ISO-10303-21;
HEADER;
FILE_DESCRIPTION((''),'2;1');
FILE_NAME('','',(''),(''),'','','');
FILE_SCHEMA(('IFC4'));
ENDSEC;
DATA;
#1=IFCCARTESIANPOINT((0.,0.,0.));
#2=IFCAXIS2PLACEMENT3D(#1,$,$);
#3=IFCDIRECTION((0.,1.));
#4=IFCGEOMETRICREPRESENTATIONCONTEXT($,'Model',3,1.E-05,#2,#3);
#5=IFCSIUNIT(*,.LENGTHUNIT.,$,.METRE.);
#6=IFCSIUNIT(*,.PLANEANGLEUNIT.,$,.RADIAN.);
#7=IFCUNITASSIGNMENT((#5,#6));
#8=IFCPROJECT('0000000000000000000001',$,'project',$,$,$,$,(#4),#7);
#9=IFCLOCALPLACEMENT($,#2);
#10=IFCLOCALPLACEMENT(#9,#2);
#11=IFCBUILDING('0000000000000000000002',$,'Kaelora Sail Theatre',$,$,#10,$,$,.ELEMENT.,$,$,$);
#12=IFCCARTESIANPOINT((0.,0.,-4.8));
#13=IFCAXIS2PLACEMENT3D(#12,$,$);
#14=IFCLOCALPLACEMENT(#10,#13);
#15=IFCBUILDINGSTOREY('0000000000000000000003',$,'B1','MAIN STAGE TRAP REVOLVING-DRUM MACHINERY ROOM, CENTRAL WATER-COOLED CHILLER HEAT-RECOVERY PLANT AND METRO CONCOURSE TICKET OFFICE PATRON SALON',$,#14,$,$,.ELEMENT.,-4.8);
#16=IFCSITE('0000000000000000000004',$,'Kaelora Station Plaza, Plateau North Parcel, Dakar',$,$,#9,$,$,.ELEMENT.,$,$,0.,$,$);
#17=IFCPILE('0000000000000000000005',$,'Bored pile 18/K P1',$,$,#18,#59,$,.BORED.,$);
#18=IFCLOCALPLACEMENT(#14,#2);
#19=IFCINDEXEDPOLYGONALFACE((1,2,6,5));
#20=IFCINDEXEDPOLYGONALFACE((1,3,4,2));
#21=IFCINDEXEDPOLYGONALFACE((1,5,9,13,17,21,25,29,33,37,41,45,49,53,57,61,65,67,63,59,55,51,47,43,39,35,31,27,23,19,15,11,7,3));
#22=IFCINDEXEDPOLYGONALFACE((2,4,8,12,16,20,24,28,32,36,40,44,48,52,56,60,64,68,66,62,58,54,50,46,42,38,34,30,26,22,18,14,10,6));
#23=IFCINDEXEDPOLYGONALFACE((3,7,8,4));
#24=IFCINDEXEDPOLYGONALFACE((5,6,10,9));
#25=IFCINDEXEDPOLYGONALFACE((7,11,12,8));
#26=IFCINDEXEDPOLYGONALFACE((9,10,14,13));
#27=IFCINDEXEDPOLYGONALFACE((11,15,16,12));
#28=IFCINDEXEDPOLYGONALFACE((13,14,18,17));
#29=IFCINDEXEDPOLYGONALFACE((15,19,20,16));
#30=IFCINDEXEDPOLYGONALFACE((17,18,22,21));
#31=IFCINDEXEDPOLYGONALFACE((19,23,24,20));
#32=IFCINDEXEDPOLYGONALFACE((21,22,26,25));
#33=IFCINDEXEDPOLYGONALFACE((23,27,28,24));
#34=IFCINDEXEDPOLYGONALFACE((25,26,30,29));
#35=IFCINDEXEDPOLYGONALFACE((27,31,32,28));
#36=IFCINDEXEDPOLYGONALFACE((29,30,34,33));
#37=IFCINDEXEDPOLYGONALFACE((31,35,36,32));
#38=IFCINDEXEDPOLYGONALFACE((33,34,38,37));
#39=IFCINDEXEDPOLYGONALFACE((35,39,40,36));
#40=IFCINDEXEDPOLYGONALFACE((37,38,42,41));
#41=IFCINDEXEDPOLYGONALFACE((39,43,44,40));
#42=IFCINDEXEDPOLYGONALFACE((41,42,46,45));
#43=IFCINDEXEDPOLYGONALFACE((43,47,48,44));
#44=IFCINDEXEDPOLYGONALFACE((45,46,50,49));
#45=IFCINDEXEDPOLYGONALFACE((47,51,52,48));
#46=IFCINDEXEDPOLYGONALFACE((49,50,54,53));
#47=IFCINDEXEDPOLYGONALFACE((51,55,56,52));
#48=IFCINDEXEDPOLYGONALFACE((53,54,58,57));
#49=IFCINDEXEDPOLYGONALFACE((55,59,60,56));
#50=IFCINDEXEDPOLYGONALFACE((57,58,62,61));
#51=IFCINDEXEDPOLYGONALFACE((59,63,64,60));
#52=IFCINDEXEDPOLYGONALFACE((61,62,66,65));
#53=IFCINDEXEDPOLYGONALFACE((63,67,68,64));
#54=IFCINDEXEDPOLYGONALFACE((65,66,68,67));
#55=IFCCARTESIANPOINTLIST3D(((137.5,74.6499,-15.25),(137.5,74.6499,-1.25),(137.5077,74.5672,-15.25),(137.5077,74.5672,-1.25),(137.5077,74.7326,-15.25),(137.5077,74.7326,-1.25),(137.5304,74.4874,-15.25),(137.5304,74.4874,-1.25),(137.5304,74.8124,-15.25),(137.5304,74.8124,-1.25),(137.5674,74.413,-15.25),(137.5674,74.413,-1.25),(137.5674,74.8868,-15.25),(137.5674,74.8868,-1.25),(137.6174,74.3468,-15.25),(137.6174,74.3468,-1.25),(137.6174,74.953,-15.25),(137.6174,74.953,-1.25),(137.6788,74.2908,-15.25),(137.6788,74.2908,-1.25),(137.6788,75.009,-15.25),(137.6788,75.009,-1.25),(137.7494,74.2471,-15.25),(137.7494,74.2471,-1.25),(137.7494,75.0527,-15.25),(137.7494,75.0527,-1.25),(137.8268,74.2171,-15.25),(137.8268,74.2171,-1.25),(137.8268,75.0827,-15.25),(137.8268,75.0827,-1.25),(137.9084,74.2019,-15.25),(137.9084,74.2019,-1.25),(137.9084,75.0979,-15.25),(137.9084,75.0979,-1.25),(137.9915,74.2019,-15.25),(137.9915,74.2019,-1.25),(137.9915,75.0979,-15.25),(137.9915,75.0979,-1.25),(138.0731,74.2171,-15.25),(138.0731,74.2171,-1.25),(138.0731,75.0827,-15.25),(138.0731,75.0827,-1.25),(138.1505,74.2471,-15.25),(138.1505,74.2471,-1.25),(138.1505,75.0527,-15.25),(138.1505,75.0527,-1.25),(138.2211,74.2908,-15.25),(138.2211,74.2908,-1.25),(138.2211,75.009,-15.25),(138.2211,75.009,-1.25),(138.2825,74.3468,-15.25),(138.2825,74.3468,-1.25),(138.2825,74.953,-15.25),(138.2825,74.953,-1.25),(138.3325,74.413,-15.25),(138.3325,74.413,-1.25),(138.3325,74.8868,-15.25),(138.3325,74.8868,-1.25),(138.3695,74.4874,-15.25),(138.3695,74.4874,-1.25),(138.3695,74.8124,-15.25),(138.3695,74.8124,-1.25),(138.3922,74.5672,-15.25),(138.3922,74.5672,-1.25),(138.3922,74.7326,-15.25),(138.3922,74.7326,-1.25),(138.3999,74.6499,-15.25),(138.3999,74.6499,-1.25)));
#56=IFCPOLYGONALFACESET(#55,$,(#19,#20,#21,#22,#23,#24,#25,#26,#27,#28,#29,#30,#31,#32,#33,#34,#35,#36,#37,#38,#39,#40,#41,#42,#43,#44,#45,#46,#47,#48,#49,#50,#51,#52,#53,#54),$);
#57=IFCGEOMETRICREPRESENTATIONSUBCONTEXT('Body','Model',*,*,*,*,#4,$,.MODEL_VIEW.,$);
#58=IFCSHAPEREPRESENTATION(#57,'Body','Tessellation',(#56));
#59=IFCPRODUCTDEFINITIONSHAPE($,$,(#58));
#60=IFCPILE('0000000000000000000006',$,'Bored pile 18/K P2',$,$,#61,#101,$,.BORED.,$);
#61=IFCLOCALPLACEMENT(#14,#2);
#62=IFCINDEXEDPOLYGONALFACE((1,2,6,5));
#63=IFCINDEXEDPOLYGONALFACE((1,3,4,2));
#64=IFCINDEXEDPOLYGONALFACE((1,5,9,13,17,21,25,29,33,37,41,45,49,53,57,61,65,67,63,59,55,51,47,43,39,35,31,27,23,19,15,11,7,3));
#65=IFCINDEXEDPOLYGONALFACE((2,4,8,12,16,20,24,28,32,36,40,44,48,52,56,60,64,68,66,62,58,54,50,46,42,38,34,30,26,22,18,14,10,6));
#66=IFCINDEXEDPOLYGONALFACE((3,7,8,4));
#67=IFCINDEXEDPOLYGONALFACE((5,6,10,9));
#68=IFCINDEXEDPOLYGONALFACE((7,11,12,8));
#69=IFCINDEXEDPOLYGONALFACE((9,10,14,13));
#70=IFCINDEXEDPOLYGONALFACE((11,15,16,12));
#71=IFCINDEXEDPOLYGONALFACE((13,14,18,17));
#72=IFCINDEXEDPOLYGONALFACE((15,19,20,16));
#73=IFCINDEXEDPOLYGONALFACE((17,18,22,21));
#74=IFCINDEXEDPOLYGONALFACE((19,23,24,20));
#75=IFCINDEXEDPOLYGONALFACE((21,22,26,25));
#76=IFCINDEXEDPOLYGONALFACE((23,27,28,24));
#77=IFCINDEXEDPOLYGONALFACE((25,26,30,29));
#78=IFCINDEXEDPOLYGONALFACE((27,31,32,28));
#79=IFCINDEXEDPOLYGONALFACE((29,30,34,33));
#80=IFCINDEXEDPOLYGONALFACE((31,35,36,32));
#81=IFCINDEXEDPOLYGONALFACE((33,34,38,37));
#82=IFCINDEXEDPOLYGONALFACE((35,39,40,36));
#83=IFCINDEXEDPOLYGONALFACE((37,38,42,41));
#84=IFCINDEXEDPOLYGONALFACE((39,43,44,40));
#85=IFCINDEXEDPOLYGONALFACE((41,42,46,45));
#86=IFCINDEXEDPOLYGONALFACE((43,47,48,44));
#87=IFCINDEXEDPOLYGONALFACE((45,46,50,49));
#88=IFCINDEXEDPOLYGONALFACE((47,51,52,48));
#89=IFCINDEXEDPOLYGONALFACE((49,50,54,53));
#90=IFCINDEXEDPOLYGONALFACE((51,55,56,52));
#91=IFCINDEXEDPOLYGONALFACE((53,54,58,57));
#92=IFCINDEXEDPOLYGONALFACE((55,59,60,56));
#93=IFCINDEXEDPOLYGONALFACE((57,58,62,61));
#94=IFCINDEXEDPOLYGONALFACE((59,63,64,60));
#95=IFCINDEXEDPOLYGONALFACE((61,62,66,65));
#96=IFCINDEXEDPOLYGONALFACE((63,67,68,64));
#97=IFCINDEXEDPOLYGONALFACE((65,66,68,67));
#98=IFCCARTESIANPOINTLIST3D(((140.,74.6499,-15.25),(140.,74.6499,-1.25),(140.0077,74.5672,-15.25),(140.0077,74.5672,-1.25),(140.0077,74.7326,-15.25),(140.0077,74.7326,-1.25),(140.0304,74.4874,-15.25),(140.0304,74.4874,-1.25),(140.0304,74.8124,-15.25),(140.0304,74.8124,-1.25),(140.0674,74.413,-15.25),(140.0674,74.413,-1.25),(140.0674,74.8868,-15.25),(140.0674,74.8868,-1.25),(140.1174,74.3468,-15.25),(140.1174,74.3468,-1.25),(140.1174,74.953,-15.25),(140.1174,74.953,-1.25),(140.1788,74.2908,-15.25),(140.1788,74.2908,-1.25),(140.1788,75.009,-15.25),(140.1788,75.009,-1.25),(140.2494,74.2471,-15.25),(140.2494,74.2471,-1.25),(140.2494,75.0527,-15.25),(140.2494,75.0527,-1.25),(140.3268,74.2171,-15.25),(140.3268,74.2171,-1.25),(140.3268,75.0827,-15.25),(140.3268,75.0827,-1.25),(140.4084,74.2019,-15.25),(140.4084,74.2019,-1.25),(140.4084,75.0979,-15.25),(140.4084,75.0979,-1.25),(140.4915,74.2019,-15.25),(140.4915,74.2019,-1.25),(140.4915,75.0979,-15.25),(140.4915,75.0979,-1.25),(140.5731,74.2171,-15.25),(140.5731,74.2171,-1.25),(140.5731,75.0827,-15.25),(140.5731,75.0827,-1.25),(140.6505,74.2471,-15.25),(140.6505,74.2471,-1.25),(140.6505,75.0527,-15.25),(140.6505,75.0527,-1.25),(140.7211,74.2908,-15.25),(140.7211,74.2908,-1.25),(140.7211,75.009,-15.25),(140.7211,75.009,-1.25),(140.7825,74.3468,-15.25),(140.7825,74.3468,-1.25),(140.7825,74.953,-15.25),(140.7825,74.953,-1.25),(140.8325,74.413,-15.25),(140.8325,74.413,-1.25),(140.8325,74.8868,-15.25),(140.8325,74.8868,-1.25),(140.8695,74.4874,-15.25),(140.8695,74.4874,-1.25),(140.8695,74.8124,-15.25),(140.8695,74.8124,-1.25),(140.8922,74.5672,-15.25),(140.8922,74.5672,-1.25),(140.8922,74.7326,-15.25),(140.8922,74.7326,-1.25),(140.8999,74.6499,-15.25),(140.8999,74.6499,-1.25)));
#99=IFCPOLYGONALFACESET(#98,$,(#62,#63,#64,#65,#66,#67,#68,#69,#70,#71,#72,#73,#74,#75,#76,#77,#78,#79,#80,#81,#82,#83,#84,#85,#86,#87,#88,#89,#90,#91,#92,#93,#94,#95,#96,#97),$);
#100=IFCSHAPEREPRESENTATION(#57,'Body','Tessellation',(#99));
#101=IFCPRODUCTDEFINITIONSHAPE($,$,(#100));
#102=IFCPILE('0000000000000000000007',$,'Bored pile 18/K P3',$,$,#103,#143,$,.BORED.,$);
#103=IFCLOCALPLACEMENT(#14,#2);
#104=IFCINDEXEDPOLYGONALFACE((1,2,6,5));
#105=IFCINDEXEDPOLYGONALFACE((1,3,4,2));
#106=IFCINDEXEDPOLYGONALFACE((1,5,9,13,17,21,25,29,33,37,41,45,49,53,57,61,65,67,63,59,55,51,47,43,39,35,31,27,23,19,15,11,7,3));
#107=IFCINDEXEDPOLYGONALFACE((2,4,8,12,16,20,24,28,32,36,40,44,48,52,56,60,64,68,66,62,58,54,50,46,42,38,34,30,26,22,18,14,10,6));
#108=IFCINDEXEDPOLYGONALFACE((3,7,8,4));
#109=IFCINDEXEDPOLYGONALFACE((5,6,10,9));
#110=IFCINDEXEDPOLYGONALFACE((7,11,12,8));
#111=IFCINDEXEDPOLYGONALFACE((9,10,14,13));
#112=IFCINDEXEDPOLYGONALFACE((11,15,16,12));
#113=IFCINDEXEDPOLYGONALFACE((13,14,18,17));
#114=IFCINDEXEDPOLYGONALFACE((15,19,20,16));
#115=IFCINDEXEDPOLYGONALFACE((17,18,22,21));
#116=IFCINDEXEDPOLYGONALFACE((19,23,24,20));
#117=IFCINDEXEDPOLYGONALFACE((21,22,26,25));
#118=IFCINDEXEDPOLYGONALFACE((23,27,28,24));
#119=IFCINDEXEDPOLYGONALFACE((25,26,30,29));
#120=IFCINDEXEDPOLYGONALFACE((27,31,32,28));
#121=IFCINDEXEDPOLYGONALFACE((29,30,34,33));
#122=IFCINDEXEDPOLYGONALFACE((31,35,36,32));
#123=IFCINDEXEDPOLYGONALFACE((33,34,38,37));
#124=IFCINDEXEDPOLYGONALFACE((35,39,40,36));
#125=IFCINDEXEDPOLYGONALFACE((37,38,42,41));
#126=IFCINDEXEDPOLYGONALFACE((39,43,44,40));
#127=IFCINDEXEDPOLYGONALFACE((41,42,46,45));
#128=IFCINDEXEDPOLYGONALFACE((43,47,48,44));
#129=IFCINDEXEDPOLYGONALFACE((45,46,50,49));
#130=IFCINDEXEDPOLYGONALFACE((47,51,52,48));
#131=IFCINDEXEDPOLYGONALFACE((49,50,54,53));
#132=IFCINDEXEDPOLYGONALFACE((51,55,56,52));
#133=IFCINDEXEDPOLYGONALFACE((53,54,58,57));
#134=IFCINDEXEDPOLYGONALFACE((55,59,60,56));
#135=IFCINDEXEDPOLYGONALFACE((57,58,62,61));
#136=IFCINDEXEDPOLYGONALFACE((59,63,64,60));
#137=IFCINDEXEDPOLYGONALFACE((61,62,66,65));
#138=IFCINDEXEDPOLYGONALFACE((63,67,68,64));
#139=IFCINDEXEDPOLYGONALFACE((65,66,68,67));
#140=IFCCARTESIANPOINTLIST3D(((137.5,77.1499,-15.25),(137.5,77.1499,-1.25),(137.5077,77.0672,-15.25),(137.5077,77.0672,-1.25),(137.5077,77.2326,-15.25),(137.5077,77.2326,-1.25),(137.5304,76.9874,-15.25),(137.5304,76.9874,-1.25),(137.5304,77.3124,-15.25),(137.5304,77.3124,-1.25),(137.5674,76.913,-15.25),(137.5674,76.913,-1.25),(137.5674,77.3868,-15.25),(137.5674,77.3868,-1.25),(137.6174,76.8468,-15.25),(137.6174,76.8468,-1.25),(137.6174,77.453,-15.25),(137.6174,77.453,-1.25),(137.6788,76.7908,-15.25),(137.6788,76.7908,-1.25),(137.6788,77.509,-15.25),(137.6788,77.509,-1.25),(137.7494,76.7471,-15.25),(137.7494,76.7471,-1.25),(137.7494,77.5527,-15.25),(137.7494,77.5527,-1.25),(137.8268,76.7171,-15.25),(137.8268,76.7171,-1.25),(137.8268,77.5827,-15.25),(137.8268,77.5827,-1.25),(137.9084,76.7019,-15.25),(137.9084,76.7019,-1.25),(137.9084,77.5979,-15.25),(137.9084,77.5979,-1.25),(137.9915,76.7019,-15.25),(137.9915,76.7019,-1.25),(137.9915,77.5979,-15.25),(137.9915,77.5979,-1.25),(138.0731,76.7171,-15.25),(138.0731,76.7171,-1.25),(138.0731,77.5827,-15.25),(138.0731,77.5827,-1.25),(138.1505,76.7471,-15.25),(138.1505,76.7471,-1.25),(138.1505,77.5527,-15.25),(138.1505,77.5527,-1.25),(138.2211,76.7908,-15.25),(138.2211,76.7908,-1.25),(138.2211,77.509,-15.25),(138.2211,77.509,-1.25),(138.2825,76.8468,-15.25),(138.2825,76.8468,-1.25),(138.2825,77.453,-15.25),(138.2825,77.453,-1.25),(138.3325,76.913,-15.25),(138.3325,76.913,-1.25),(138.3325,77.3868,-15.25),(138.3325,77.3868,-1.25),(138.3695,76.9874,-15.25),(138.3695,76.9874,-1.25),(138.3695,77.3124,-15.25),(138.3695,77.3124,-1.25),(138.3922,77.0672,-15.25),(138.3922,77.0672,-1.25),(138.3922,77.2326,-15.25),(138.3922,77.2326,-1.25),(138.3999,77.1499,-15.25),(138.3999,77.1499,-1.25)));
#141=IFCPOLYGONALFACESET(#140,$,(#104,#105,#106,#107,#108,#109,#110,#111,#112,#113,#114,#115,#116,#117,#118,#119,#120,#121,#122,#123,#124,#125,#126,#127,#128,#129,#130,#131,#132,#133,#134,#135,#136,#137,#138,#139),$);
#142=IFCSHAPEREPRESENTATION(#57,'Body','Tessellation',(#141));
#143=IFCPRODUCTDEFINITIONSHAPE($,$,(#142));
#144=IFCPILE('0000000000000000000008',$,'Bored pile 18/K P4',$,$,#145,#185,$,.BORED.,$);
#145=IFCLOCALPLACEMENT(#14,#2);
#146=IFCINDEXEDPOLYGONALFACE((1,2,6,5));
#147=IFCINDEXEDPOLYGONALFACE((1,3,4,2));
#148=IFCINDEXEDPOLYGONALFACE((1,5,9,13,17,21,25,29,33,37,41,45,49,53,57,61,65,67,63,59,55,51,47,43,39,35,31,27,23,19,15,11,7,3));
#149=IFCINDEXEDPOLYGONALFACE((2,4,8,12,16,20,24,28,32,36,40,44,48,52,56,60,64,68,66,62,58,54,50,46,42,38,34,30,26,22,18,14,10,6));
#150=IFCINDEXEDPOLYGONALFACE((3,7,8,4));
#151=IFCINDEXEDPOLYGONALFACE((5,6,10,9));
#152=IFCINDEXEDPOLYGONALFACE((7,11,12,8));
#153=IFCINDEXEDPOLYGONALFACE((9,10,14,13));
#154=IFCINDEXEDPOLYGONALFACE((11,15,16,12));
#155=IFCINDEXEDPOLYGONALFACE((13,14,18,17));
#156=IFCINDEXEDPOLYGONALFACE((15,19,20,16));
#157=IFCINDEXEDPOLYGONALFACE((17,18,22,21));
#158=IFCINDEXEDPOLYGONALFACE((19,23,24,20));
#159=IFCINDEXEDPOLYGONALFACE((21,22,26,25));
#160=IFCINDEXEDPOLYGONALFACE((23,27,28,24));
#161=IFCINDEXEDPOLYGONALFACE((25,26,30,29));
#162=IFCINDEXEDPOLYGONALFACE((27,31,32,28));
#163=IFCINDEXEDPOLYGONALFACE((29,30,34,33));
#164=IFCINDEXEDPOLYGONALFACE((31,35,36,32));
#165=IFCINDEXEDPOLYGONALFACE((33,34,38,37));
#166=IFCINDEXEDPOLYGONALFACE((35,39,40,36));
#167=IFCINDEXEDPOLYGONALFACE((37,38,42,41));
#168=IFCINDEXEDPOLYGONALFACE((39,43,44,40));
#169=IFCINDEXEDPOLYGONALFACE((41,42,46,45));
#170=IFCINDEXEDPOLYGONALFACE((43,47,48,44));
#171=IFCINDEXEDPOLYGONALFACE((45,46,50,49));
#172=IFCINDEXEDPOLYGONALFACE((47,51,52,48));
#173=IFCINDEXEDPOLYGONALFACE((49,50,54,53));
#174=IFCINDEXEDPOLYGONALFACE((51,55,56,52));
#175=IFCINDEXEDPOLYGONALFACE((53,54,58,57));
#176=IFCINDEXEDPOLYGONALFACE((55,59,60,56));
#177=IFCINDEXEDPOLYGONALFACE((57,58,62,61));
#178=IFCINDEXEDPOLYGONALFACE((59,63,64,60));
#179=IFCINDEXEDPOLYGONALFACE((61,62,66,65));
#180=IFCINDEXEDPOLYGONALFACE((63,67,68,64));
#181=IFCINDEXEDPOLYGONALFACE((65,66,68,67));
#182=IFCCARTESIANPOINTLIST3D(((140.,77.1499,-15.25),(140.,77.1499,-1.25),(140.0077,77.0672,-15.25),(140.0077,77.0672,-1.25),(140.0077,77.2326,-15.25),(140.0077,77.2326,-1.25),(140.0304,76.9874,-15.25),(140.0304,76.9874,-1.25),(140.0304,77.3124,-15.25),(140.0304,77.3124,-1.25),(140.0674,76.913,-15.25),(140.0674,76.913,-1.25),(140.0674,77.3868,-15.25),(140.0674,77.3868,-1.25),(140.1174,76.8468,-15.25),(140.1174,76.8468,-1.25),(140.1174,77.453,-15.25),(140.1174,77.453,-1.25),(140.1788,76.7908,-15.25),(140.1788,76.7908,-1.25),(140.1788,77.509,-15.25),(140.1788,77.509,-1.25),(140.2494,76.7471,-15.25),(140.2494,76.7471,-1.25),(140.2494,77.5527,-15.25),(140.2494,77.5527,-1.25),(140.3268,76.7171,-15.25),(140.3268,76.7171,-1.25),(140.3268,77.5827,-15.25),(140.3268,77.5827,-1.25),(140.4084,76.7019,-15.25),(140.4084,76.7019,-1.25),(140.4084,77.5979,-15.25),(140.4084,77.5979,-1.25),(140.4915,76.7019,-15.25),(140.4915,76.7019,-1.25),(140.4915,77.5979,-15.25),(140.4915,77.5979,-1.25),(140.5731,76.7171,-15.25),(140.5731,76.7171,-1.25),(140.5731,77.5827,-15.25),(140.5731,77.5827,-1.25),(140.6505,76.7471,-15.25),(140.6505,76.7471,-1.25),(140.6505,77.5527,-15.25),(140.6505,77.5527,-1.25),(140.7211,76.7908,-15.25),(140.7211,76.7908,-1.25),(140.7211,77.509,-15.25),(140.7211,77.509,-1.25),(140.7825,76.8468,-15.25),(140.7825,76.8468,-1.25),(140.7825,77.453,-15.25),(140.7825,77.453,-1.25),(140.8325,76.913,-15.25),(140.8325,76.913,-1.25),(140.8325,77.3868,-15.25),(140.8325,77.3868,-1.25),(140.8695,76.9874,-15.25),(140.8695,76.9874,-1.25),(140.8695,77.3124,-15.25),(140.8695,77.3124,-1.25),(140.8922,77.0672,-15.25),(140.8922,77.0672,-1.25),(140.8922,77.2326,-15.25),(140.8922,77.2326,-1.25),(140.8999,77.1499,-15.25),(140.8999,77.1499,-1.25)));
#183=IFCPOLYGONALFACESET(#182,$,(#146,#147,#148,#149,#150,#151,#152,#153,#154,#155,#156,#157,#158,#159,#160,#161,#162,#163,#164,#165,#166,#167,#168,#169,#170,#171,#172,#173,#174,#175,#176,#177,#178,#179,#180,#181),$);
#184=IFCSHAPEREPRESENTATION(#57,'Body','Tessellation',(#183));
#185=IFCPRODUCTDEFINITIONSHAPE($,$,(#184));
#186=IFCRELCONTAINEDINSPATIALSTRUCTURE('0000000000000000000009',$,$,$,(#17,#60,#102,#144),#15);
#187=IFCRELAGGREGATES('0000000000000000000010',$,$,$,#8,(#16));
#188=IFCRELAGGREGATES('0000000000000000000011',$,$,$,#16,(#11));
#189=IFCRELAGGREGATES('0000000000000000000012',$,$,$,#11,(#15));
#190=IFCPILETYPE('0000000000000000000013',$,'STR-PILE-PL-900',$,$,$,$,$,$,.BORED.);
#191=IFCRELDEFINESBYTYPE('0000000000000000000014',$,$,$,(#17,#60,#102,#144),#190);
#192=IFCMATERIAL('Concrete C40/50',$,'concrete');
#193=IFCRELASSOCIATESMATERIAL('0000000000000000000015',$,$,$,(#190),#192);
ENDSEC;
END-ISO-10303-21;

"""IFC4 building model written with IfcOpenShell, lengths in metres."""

from ifc_helpers import new_model, si_unit, direction, frame, origin, origin_2d, place, context, subcontext, project, spatial, circle, extrude, material, material_profile, profile_set, type_object, element, save


model = new_model("IFC4")

# Units and contexts
model_context = context("Model", 3, precision=1e-05, world=origin(), true_north=direction((0.0, 1.0)))
body_context = subcontext(model_context, "Body", "Model", "MODEL_VIEW")
ifc_project = project(units=[si_unit("LENGTHUNIT", "METRE"), si_unit("PLANEANGLEUNIT", "RADIAN")], contexts=[model_context])

# Site, building, storey
site_placement = place(None, origin())
site = spatial("IfcSite", under=ifc_project, at=site_placement, Name="Kaelora Station Plaza, Plateau North Parcel, Dakar", CompositionType="ELEMENT", RefElevation=0.0)
building_placement = place(site_placement, origin())
building = spatial("IfcBuilding", under=site, at=building_placement, Name="Kaelora Sail Theatre", CompositionType="ELEMENT")
storey_placement = place(building_placement, frame((0.0, 0.0, -4.8)))
storey = spatial("IfcBuildingStorey", under=building, at=storey_placement, Name="B1", Description="MAIN STAGE TRAP REVOLVING-DRUM MACHINERY ROOM, CENTRAL WATER-COOLED CHILLER HEAT-RECOVERY PLANT AND METRO CONCOURSE TICKET OFFICE PATRON SALON", CompositionType="ELEMENT", Elevation=-4.8)

# Piles
ifc_material_1 = material(Name="Concrete C40/50", Category="concrete")
ifc_material_profile_1 = material_profile(ifc_material_1, circle(Radius=0.45, at=origin_2d()), Name="PILE D900")
ifc_profile_set_1 = profile_set([ifc_material_profile_1], Name="Concrete C40/50")
pile_type_1 = type_object("IfcPileType", Name="STR-PILE-PL-900", PredefinedType="BORED", material=ifc_profile_set_1)
for number, where, z_axis, x_axis, name in (
    (1, (137.95, 74.6499, -1.25), (0.0, 0.0, -1.0), (1.0, 0.0, 0.0), "Bored pile 18/K P1"),
    (2, (140.45, 74.6499, -1.25), (0.0, 0.0, -1.0), (1.0, 0.0, 0.0), "Bored pile 18/K P2"),
    (3, (137.95, 77.1499, -1.25), (0.0, 0.0, -1.0), (1.0, 0.0, 0.0), "Bored pile 18/K P3"),
    (4, (140.45, 77.1499, -1.25), (0.0, 0.0, -1.0), (1.0, 0.0, 0.0), "Bored pile 18/K P4"),
):
    element("IfcPile", number, at=place(storey_placement, frame(where, z_axis=z_axis, x_axis=x_axis)), inside=storey, type_object=pile_type_1, Name=name, PredefinedType="BORED", context=body_context, shape_type="SweptSolid", body=[
        extrude(circle(Radius=0.45, at=origin_2d()), origin(), (0.0, 0.0, 1.0), 14.0),
    ])

save(model, "model.ifc")
